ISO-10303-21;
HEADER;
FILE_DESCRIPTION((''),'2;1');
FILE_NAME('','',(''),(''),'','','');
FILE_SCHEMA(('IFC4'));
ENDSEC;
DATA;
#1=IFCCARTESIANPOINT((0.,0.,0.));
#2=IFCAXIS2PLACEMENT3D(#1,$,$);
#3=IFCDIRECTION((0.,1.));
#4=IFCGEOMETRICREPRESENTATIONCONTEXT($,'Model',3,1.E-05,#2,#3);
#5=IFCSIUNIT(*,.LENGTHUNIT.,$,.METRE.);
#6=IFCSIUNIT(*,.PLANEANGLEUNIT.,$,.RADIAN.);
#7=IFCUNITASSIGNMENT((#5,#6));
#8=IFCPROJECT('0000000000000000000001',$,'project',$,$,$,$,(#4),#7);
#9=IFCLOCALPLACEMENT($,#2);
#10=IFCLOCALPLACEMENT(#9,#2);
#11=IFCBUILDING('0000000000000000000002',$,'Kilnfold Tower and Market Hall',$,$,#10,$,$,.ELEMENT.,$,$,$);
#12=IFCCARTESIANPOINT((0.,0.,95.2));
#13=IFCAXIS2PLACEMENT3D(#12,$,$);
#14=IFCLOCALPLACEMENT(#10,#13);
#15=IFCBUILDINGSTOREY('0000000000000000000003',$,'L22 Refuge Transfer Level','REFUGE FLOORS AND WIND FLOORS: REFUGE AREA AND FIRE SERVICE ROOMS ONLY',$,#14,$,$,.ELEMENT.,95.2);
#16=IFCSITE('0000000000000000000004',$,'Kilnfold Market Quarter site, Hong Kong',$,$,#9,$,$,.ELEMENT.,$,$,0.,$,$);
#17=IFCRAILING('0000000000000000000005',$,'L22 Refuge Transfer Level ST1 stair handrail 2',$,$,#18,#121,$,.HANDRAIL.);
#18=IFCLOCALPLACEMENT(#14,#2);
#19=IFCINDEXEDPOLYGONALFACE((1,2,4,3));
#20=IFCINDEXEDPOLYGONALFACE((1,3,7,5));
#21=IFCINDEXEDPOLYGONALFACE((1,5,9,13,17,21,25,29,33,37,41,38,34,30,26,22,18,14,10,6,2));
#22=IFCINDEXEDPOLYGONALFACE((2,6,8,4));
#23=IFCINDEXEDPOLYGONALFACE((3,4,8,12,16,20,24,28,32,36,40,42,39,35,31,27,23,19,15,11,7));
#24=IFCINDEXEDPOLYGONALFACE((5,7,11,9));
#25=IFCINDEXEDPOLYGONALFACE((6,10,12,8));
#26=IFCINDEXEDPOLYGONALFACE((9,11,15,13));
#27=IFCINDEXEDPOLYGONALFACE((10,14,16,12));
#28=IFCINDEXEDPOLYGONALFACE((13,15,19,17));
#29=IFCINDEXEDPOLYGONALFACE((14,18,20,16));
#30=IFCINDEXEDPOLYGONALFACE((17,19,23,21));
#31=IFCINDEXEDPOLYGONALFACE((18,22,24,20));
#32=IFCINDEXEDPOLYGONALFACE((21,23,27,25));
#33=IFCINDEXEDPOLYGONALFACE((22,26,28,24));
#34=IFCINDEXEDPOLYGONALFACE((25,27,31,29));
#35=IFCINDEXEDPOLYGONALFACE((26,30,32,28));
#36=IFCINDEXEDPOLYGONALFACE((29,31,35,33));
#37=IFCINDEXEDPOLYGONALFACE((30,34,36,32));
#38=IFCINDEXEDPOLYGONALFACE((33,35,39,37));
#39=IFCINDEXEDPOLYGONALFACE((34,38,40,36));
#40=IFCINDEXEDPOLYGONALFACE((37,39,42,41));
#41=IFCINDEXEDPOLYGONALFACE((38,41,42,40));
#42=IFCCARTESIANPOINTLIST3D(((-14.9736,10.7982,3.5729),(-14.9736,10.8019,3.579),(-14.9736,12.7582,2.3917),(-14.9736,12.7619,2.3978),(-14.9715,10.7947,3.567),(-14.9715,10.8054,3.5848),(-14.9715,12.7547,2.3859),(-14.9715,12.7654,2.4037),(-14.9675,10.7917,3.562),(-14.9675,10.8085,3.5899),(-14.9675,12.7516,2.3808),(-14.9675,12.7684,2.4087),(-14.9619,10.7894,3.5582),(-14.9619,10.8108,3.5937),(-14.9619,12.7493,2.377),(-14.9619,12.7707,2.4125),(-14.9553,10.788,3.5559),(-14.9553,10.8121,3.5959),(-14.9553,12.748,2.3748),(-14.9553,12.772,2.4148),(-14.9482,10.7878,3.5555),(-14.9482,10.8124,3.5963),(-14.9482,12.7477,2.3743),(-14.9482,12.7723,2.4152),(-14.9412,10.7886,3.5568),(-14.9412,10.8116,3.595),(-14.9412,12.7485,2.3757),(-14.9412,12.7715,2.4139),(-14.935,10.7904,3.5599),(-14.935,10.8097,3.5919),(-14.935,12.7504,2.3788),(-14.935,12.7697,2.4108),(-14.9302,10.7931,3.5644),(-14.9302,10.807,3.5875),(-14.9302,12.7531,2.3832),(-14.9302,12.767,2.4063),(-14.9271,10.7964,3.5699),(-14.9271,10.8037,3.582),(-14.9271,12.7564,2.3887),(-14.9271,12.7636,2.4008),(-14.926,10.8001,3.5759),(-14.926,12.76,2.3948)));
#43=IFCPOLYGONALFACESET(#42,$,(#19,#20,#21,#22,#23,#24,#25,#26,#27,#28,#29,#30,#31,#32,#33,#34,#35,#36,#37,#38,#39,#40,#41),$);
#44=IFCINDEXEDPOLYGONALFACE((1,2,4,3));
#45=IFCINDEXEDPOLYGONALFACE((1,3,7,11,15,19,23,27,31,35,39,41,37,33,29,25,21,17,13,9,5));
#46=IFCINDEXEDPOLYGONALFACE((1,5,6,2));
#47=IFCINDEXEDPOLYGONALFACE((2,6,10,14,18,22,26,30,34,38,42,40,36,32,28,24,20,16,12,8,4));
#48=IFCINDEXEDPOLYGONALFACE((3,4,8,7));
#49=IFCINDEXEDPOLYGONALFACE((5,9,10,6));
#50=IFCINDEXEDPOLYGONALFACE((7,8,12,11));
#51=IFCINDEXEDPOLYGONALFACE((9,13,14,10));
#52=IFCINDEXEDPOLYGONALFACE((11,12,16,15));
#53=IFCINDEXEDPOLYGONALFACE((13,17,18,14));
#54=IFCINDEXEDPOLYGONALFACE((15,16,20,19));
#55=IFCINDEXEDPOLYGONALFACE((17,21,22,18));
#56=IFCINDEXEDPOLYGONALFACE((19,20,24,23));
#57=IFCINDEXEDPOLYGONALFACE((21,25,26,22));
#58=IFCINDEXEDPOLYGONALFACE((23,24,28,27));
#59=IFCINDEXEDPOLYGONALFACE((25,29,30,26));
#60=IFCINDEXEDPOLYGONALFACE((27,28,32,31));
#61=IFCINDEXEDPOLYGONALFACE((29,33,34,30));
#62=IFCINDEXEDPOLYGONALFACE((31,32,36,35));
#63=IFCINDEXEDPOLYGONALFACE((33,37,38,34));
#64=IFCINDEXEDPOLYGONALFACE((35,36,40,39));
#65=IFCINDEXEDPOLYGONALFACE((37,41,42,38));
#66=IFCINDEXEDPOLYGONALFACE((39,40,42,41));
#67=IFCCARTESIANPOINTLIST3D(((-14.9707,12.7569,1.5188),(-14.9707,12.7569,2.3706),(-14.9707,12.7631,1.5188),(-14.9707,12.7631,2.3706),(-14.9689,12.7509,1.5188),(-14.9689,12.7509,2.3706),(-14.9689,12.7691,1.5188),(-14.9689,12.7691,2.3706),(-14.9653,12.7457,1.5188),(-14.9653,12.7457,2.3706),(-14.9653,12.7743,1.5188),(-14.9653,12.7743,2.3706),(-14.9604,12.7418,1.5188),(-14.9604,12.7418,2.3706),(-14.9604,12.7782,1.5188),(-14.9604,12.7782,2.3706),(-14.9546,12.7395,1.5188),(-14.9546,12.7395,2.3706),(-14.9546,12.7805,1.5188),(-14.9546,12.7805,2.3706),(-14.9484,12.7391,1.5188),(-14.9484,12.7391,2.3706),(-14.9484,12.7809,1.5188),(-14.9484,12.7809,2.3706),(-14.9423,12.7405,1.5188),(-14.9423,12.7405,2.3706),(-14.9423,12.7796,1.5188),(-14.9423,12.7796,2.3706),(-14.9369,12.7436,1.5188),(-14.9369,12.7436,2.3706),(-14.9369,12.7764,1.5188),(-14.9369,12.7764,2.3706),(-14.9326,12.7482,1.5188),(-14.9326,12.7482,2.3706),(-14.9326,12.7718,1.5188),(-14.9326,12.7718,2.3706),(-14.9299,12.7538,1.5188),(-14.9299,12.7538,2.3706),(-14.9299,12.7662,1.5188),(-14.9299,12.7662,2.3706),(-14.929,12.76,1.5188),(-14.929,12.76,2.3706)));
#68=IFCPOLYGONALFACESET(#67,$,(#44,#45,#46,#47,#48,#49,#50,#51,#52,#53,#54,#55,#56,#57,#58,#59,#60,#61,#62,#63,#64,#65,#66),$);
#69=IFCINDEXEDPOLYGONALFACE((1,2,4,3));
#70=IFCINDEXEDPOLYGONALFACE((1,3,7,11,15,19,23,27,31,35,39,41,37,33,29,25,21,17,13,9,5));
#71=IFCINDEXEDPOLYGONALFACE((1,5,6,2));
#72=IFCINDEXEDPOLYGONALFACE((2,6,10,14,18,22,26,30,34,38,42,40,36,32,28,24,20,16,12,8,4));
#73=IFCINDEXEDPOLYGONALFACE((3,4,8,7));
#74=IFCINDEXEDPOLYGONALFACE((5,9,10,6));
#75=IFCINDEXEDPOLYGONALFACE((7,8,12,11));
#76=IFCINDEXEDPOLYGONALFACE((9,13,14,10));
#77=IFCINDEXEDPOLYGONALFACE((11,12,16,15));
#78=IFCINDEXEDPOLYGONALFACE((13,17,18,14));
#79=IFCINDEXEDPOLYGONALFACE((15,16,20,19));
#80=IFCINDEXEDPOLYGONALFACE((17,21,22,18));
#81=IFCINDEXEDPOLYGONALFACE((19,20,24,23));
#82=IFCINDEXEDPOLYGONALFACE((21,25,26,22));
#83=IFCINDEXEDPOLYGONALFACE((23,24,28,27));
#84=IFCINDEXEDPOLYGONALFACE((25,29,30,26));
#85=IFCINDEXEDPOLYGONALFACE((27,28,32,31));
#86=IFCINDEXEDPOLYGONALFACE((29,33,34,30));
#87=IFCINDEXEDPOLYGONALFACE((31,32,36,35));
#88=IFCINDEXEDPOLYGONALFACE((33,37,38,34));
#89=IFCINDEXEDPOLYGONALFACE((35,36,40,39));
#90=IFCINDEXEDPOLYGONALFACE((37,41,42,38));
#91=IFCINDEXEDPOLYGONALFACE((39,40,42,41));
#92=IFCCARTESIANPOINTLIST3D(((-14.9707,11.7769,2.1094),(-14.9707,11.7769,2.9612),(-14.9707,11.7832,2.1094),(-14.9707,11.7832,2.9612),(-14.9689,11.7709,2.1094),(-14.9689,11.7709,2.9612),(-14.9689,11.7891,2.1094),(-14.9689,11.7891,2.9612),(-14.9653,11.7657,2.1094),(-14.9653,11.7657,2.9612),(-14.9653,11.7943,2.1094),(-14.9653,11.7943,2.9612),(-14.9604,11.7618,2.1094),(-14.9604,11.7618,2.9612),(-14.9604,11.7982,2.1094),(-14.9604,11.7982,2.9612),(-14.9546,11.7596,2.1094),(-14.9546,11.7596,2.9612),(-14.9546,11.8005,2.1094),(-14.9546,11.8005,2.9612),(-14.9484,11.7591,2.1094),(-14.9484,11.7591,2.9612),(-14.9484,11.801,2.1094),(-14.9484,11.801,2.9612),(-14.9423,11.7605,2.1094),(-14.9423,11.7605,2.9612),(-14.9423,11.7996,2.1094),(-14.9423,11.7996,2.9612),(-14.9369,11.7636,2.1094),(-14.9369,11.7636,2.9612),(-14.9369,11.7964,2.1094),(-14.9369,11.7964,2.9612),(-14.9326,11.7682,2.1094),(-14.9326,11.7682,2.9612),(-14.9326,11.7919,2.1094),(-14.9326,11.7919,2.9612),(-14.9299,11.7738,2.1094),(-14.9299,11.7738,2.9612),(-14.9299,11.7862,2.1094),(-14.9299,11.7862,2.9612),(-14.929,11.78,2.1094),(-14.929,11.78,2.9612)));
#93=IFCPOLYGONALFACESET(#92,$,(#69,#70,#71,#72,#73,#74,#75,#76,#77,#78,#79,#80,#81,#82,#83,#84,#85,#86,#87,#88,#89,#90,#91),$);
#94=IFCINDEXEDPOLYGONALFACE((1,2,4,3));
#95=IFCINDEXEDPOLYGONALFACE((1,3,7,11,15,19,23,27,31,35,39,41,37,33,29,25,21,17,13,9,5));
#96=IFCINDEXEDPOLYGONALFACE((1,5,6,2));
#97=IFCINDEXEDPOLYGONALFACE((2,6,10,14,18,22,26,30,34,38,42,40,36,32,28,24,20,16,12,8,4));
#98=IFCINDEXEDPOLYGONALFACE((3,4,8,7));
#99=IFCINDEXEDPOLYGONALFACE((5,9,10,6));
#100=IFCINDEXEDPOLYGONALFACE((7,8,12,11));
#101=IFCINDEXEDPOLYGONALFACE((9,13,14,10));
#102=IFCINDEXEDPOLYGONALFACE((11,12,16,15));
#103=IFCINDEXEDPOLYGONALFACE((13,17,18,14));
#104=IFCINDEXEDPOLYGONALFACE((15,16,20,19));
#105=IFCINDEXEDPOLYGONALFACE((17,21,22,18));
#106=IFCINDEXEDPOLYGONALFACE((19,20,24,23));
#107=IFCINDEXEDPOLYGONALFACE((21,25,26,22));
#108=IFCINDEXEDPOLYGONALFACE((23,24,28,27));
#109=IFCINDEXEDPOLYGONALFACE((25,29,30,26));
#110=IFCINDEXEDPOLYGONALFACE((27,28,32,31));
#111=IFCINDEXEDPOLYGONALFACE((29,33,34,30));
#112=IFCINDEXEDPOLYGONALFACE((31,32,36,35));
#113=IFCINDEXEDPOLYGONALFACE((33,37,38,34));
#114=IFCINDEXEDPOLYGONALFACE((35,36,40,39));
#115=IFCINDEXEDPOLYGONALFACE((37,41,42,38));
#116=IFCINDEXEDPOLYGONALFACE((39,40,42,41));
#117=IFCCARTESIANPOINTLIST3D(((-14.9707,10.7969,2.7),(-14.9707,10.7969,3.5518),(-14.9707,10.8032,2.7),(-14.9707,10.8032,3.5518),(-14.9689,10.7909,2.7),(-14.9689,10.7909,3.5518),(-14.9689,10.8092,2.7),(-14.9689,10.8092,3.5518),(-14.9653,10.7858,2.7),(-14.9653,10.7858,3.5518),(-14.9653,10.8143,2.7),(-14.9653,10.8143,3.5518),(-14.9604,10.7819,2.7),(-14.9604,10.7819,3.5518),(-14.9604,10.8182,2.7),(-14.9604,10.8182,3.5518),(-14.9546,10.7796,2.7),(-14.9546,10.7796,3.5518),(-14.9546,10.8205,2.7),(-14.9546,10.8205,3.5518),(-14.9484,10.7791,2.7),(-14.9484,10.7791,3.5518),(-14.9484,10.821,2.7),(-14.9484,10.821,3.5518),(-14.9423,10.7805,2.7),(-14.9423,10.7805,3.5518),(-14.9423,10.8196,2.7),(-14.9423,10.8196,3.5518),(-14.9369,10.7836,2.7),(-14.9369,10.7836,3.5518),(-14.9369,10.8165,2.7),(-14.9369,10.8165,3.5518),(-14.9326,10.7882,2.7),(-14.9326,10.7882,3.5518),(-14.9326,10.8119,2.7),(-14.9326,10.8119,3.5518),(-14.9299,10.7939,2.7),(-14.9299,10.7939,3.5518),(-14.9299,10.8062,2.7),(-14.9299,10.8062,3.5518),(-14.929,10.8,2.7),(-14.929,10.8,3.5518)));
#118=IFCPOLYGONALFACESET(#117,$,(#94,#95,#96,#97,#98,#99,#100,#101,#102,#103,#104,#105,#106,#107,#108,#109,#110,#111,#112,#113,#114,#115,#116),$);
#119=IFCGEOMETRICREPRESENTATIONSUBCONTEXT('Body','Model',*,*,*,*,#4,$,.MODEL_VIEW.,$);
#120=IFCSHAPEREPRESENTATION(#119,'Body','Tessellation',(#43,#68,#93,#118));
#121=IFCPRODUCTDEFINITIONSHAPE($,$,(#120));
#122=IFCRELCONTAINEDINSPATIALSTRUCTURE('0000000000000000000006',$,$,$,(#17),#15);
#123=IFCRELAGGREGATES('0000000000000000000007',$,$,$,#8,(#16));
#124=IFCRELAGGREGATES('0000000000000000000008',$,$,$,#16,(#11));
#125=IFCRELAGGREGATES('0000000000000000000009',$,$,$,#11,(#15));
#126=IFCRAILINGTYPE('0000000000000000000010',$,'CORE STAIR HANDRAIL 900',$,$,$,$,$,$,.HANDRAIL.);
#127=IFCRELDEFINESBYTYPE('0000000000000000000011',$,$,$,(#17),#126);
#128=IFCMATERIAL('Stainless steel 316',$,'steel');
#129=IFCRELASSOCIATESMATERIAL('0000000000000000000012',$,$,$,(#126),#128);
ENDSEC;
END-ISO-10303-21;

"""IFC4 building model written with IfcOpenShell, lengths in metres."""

from ifc_helpers import new_model, si_unit, direction, frame, origin, origin_2d, place, context, subcontext, project, spatial, circle, extrude, material, type_object, element, save


model = new_model("IFC4")

# Units and contexts
model_context = context("Model", 3, precision=1e-05, world=origin(), true_north=direction((0.0, 1.0)))
body_context = subcontext(model_context, "Body", "Model", "MODEL_VIEW")
ifc_project = project(units=[si_unit("LENGTHUNIT", "METRE"), si_unit("PLANEANGLEUNIT", "RADIAN")], contexts=[model_context])

# Site, building, storey
site_placement = place(None, origin())
site = spatial("IfcSite", under=ifc_project, at=site_placement, Name="Kilnfold Market Quarter site, Hong Kong", CompositionType="ELEMENT", RefElevation=0.0)
building_placement = place(site_placement, origin())
building = spatial("IfcBuilding", under=site, at=building_placement, Name="Kilnfold Tower and Market Hall", CompositionType="ELEMENT")
storey_placement = place(building_placement, frame((0.0, 0.0, 95.2)))
storey = spatial("IfcBuildingStorey", under=building, at=storey_placement, Name="L22 Refuge Transfer Level", Description="REFUGE FLOORS AND WIND FLOORS: REFUGE AREA AND FIRE SERVICE ROOMS ONLY", CompositionType="ELEMENT", Elevation=95.2)

# Railing
ifc_material_1 = material(Name="Stainless steel 316", Category="steel")
railing_type = type_object("IfcRailingType", Name="CORE STAIR HANDRAIL 900", PredefinedType="HANDRAIL", material=ifc_material_1)
railing_1_placement = place(storey_placement, frame((-14.95, 12.76, 1.5188)))
element("IfcRailing", 1, at=railing_1_placement, inside=storey, type_object=railing_type, Name="L22 Refuge Transfer Level ST1 stair handrail 2", PredefinedType="HANDRAIL", context=body_context, shape_type="SweptSolid", body=[
    extrude(circle(Radius=0.0239, at=origin_2d()), frame((0.0, 0.0, 0.876), z_axis=(0.0, -0.856493, 0.516158), x_axis=(1.0, 0.0, 0.0)), (0.0, 0.0, 1.0), 2.2883),
    extrude(circle(Radius=0.021, at=origin_2d()), origin(), (0.0, 0.0, 1.0), 0.8518),
    extrude(circle(Radius=0.021, at=origin_2d()), frame((0.0, -0.98, 0.5906)), (0.0, 0.0, 1.0), 0.8518),
    extrude(circle(Radius=0.021, at=origin_2d()), frame((0.0, -1.96, 1.1812)), (0.0, 0.0, 1.0), 0.8518),
])

save(model, "model.ifc")
